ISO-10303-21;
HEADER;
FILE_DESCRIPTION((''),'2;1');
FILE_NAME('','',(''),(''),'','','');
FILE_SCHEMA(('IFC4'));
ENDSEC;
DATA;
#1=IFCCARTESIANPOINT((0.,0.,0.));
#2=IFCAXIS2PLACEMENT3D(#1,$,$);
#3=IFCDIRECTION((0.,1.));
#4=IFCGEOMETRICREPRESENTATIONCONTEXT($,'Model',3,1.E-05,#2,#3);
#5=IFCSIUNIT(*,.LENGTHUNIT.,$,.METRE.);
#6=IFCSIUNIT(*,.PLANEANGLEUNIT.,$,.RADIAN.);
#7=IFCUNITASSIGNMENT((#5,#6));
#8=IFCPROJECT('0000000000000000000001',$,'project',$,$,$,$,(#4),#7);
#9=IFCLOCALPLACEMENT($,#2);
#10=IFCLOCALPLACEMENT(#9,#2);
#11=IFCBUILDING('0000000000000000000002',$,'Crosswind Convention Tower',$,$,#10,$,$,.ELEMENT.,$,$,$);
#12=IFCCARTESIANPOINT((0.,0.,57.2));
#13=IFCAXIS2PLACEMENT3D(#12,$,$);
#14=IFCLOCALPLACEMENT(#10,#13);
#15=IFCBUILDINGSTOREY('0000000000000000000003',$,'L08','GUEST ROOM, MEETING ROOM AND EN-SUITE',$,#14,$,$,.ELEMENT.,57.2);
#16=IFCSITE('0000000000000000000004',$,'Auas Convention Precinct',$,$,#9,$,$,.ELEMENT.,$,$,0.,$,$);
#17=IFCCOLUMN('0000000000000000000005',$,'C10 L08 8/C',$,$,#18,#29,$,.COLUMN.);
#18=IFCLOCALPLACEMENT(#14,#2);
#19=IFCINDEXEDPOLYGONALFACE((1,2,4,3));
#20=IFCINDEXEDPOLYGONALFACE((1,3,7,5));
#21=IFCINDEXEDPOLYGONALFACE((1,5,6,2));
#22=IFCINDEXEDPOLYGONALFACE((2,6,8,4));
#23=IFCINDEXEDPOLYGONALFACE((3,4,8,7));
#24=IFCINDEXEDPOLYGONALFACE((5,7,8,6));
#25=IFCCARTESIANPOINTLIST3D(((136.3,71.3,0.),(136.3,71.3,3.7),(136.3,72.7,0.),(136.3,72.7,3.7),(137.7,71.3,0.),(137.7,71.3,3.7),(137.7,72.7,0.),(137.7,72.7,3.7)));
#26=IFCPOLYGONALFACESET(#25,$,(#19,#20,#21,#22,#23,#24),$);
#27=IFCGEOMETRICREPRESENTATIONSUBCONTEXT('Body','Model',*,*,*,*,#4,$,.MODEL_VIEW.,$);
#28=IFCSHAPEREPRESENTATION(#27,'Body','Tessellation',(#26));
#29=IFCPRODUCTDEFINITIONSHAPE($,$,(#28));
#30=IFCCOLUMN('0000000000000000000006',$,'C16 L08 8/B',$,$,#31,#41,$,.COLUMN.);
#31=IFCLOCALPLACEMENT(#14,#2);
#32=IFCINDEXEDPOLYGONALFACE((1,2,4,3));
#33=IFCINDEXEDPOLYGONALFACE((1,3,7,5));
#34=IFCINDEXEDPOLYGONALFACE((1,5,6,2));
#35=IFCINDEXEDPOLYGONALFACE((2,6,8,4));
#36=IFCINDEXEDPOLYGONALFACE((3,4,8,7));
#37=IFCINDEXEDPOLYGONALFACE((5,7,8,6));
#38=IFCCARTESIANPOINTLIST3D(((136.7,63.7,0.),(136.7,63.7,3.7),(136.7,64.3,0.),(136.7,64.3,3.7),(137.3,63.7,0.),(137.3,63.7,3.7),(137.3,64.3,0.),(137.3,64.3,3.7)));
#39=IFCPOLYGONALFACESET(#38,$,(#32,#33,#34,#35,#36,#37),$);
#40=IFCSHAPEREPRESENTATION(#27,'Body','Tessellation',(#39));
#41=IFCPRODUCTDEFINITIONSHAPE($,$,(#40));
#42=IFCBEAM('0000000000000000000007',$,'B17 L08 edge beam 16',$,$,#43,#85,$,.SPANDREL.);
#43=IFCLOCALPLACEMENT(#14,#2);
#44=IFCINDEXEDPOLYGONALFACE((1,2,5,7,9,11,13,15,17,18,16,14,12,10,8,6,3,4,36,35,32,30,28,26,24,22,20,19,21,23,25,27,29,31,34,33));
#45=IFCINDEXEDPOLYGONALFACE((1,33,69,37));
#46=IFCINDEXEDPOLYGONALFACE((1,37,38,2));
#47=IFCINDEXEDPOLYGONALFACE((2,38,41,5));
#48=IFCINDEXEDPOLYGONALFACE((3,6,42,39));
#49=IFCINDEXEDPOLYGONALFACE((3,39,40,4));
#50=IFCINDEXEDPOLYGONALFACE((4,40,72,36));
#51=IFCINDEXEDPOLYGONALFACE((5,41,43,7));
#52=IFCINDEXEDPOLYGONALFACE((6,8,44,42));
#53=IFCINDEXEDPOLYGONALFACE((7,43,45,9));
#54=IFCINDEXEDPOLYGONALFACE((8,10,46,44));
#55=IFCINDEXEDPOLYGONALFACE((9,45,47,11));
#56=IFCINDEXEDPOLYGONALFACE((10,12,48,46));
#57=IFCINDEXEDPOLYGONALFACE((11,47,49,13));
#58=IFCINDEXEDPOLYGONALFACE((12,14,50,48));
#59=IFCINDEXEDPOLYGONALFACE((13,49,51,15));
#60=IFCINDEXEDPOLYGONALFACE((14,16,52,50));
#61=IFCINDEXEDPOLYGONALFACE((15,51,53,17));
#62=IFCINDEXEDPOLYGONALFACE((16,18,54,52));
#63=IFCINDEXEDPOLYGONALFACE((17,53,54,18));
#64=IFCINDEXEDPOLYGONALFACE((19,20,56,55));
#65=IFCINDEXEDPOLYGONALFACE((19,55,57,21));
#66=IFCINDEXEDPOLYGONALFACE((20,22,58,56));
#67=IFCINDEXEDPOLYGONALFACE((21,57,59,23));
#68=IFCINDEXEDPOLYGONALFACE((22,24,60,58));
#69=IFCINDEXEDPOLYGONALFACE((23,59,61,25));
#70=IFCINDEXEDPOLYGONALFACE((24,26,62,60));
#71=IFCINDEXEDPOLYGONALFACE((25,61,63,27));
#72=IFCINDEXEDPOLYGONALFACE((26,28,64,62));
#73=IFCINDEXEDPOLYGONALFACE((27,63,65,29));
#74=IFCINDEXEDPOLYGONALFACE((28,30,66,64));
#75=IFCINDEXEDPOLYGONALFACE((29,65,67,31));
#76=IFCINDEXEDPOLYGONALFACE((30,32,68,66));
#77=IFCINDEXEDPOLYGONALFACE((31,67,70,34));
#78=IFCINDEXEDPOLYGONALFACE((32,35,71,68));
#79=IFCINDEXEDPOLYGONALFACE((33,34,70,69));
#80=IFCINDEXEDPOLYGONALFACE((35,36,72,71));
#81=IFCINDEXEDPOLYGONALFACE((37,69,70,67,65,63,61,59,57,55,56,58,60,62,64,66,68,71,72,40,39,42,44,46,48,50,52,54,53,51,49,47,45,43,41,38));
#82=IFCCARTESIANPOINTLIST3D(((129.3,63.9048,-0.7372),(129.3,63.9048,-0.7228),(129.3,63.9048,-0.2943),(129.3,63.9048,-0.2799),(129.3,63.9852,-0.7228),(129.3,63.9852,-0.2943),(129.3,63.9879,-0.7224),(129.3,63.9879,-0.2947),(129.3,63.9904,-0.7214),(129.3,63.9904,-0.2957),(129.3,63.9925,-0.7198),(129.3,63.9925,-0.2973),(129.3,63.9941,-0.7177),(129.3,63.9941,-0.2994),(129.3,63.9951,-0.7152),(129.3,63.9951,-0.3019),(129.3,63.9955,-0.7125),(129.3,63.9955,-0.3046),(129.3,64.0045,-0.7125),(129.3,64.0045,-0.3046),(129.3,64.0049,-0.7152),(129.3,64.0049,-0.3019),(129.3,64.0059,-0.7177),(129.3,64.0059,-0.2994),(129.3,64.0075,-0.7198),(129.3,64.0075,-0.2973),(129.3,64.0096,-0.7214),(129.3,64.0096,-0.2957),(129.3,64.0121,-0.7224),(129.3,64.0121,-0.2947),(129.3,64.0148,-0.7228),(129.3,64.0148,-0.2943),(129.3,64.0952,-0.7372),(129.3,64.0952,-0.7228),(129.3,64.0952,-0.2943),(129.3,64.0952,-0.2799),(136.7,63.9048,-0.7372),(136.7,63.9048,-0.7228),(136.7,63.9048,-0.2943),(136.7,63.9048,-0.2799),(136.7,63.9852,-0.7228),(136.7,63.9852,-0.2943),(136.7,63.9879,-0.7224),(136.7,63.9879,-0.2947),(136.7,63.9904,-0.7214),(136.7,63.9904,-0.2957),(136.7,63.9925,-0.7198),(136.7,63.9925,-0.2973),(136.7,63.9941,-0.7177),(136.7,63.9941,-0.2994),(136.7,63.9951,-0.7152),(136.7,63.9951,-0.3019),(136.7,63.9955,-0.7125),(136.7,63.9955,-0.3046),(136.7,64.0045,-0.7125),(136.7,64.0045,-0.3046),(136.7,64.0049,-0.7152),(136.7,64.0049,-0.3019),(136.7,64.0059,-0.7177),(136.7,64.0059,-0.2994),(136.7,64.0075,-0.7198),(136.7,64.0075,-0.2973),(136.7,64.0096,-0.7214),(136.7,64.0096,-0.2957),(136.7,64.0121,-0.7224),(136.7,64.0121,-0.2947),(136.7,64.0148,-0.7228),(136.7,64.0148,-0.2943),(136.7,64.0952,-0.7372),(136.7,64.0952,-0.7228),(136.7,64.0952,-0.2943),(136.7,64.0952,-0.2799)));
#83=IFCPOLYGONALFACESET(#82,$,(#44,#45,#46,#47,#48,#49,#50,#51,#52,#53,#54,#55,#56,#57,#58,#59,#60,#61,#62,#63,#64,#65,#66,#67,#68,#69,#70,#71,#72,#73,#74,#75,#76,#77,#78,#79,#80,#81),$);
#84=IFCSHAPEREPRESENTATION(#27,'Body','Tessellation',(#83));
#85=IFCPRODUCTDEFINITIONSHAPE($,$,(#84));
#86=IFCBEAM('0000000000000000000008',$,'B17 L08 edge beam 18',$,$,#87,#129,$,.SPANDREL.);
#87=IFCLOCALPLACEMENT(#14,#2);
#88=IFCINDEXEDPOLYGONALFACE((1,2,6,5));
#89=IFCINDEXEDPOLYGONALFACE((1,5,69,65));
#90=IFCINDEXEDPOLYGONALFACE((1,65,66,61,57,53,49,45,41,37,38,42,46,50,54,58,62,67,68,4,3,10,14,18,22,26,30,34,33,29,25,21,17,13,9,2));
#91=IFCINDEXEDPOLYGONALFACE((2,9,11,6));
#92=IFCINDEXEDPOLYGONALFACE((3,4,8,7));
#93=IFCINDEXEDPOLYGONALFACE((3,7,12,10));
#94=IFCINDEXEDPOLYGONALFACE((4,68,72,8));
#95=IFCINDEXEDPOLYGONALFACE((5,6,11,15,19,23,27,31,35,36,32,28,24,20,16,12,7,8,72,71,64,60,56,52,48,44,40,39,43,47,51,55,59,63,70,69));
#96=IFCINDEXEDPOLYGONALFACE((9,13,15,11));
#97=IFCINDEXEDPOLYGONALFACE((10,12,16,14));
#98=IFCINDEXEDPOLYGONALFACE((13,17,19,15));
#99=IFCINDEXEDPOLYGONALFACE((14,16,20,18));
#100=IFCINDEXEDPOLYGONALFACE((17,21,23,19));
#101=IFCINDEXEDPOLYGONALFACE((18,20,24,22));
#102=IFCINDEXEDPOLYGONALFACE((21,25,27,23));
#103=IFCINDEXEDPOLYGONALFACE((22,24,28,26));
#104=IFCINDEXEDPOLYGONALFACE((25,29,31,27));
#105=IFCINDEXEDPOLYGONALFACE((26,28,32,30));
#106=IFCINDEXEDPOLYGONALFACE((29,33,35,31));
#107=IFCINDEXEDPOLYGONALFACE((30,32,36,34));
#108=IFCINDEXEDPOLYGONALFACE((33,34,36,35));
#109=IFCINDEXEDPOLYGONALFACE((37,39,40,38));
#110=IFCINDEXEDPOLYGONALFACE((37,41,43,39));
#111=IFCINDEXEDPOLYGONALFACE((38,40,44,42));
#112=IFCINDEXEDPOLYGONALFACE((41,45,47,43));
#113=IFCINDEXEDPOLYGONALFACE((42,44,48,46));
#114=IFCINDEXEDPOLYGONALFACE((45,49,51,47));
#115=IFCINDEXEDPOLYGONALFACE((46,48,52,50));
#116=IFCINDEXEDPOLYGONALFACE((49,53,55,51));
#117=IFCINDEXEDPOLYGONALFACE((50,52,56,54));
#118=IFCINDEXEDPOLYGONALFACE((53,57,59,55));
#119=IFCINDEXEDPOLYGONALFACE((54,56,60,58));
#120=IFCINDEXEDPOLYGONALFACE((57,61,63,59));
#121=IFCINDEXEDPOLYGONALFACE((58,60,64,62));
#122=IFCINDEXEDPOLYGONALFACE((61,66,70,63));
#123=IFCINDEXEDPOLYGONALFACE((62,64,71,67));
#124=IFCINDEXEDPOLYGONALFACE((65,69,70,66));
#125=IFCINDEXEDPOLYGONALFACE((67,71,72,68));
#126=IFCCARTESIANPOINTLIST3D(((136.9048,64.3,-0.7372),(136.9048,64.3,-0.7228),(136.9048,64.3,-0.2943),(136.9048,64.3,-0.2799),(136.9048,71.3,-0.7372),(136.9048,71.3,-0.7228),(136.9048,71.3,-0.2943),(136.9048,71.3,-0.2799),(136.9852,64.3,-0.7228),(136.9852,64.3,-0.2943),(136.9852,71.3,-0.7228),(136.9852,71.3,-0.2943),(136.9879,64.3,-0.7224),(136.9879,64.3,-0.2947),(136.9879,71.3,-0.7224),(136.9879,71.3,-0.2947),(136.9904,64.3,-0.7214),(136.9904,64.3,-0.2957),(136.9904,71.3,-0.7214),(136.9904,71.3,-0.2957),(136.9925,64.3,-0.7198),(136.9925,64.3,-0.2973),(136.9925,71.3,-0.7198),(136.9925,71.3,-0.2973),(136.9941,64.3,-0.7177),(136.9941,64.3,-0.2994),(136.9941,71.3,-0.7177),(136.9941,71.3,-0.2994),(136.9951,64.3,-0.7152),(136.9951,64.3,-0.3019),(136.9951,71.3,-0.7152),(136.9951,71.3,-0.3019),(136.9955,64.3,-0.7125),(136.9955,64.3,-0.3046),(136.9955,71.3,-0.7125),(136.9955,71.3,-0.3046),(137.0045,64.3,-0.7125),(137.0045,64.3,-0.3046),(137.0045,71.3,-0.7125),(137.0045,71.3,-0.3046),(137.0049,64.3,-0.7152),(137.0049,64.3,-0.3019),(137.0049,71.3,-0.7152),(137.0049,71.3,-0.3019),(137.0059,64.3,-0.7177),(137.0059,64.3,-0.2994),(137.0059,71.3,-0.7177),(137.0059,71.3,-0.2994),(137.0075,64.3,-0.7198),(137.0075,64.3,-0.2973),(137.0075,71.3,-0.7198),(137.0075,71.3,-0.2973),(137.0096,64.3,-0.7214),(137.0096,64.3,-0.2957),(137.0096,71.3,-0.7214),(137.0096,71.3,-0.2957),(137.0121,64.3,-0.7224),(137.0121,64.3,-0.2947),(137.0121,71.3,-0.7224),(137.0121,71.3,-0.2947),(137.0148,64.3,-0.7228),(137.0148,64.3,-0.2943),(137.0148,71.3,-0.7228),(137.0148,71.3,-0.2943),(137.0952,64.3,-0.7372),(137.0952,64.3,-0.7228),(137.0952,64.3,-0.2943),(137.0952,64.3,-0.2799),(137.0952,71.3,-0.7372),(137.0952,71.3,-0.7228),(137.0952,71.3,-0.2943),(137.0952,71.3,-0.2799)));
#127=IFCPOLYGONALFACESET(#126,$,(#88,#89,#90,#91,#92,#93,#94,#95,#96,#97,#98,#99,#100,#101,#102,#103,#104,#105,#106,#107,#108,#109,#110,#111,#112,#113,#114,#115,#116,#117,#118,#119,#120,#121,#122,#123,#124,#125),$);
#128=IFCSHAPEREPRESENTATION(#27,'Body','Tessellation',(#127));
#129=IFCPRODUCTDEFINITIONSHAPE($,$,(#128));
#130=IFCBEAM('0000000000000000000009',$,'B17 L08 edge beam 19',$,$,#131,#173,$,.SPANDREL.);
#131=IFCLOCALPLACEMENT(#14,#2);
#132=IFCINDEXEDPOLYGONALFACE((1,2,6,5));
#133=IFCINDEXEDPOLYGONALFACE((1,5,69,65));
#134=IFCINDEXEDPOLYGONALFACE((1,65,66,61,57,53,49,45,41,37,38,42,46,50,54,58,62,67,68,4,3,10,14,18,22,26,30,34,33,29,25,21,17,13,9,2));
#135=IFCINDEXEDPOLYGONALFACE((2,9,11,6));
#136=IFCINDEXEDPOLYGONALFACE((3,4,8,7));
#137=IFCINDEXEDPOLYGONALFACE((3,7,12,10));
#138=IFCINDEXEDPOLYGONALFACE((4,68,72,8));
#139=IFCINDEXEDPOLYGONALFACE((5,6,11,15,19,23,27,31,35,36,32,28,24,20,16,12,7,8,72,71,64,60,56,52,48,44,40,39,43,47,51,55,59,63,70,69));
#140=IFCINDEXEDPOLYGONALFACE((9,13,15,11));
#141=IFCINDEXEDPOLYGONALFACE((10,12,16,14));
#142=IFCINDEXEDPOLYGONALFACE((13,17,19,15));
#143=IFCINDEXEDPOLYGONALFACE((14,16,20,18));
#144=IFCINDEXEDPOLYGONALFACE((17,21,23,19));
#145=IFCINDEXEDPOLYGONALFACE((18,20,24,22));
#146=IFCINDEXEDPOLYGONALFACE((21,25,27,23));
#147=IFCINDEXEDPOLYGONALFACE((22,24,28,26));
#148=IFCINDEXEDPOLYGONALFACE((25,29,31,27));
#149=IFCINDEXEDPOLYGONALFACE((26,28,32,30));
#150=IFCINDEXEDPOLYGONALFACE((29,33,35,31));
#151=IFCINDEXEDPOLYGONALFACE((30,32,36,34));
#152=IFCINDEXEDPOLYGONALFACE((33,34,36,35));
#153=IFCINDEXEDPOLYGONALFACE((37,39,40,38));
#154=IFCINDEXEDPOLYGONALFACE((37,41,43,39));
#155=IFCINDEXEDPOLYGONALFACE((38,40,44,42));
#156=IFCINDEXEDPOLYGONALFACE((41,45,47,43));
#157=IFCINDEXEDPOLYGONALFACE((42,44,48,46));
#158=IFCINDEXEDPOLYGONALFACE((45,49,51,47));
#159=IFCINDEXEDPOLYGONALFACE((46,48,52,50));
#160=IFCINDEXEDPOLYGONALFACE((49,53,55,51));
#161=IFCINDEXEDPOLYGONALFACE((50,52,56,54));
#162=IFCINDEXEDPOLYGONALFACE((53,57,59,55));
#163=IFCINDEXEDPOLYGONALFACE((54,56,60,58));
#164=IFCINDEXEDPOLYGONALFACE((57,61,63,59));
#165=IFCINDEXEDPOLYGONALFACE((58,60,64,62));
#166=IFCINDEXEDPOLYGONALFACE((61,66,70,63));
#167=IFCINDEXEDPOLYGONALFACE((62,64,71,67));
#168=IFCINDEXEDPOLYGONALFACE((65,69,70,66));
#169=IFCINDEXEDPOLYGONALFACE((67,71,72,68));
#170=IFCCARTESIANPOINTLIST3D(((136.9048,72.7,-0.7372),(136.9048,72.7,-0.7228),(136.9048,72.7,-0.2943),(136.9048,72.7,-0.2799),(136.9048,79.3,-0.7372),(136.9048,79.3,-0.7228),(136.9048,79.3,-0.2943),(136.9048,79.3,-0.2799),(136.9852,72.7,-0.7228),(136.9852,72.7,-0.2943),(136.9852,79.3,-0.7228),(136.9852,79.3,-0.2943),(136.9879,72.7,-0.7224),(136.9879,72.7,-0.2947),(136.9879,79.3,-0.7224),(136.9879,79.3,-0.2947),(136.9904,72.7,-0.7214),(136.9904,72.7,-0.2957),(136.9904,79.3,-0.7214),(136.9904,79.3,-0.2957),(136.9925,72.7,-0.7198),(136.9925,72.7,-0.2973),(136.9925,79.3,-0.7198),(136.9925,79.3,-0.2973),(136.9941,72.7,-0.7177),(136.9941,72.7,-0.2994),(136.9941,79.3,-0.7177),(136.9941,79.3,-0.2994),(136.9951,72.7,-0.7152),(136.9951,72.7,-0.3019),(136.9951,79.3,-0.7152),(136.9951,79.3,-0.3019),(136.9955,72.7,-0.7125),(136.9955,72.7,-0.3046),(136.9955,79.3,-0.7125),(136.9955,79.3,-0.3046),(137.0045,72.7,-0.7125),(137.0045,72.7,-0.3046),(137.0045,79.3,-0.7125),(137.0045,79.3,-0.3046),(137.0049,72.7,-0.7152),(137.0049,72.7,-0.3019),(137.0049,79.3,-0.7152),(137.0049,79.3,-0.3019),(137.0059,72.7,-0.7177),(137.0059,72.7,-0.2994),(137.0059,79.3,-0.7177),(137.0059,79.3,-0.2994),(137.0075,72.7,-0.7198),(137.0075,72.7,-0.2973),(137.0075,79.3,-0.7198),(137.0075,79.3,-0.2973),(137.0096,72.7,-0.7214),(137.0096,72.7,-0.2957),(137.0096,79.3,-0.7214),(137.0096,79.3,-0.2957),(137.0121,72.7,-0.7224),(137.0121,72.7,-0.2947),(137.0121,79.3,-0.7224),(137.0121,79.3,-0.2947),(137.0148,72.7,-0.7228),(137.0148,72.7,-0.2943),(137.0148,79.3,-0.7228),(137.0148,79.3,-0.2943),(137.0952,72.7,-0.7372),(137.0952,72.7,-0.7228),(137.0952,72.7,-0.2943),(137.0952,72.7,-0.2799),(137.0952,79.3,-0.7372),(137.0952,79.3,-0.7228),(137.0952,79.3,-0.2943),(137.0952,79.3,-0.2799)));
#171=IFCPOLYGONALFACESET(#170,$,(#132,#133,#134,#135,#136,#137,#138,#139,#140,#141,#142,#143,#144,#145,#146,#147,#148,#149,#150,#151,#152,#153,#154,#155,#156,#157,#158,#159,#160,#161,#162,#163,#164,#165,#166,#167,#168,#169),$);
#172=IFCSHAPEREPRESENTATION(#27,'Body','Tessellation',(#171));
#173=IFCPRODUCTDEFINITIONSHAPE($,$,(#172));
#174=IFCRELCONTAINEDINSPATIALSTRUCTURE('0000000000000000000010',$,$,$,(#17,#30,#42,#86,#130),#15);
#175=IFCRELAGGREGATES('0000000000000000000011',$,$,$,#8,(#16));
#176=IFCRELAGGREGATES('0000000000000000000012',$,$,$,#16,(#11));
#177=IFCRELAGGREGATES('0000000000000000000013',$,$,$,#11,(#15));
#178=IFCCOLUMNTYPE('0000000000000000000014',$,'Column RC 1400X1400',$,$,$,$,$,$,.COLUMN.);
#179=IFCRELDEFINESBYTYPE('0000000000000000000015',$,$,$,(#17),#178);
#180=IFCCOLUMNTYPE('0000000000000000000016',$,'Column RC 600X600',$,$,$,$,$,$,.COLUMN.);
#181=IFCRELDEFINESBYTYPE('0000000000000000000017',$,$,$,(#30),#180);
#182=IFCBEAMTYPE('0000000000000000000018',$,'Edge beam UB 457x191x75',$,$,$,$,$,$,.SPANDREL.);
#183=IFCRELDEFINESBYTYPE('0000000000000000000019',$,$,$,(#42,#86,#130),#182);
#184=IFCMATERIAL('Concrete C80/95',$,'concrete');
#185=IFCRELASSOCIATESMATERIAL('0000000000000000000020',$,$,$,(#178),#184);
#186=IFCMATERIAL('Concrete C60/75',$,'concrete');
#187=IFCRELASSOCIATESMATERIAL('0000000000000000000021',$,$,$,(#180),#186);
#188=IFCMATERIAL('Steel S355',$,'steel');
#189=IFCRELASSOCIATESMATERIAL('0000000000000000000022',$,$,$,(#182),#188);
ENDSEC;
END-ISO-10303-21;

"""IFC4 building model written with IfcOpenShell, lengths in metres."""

from ifc_helpers import new_model, si_unit, direction, frame, origin, origin_2d, place, context, subcontext, project, spatial, rectangle, i_section, extrude, material, material_profile, profile_set, type_object, element, save


model = new_model("IFC4")

# Units and contexts
model_context = context("Model", 3, precision=1e-05, world=origin(), true_north=direction((0.0, 1.0)))
body_context = subcontext(model_context, "Body", "Model", "MODEL_VIEW")
ifc_project = project(units=[si_unit("LENGTHUNIT", "METRE"), si_unit("PLANEANGLEUNIT", "RADIAN")], contexts=[model_context])

# Site, building, storey
site_placement = place(None, origin())
site = spatial("IfcSite", under=ifc_project, at=site_placement, Name="Auas Convention Precinct", CompositionType="ELEMENT", RefElevation=0.0)
building_placement = place(site_placement, origin())
building = spatial("IfcBuilding", under=site, at=building_placement, Name="Crosswind Convention Tower", CompositionType="ELEMENT")
storey_placement = place(building_placement, frame((0.0, 0.0, 57.2)))
storey = spatial("IfcBuildingStorey", under=building, at=storey_placement, Name="L08", Description="GUEST ROOM, MEETING ROOM AND EN-SUITE", CompositionType="ELEMENT", Elevation=57.2)

# Columns
ifc_material_1 = material(Name="Concrete C80/95", Category="concrete")
ifc_material_profile_1 = material_profile(ifc_material_1, rectangle(XDim=1.3999, YDim=1.3999, at=origin_2d()), Name="RC 1400X1400")
ifc_profile_set_1 = profile_set([ifc_material_profile_1], Name="Concrete C80/95")
column_type_1 = type_object("IfcColumnType", Name="Column RC 1400X1400", PredefinedType="COLUMN", material=ifc_profile_set_1)
column_1_placement = place(storey_placement, frame((137.0, 72.0, 0.0), z_axis=(0.0, 0.0, 1.0), x_axis=(1.0, 0.0, 0.0)))
element("IfcColumn", 1, at=column_1_placement, inside=storey, type_object=column_type_1, Name="C10 L08 8/C", PredefinedType="COLUMN", context=body_context, shape_type="SweptSolid", body=[
    extrude(rectangle(XDim=1.3999, YDim=1.3999, at=origin_2d()), origin(), (0.0, 0.0, 1.0), 3.7),
])
ifc_material_2 = material(Name="Concrete C60/75", Category="concrete")
ifc_material_profile_2 = material_profile(ifc_material_2, rectangle(XDim=0.6001, YDim=0.6001, at=origin_2d()), Name="RC 600X600")
ifc_profile_set_2 = profile_set([ifc_material_profile_2], Name="Concrete C60/75")
column_type_2 = type_object("IfcColumnType", Name="Column RC 600X600", PredefinedType="COLUMN", material=ifc_profile_set_2)
column_2_placement = place(storey_placement, frame((137.0, 64.0, 0.0), z_axis=(0.0, 0.0, 1.0), x_axis=(1.0, 0.0, 0.0)))
element("IfcColumn", 2, at=column_2_placement, inside=storey, type_object=column_type_2, Name="C16 L08 8/B", PredefinedType="COLUMN", context=body_context, shape_type="SweptSolid", body=[
    extrude(rectangle(XDim=0.6001, YDim=0.6001, at=origin_2d()), origin(), (0.0, 0.0, 1.0), 3.7),
])

# Beams
ifc_material_3 = material(Name="Steel S355", Category="steel")
ifc_material_profile_3 = material_profile(ifc_material_3, i_section(OverallWidth=0.1904, OverallDepth=0.4573, WebThickness=0.009, FlangeThickness=0.0144, FilletRadius=0.0103, at=origin_2d()), Name="UB 457x191x75")
ifc_profile_set_3 = profile_set([ifc_material_profile_3], Name="Steel S355")
beam_type_1 = type_object("IfcBeamType", Name="Edge beam UB 457x191x75", PredefinedType="SPANDREL", material=ifc_profile_set_3)
beam_1_placement = place(storey_placement, frame((129.3, 64.0, -0.5085), z_axis=(1.0, 0.0, 0.0), x_axis=(0.0, 1.0, 0.0)))
element("IfcBeam", 3, at=beam_1_placement, inside=storey, type_object=beam_type_1, Name="B17 L08 edge beam 16", PredefinedType="SPANDREL", context=body_context, shape_type="SweptSolid", body=[
    extrude(i_section(OverallWidth=0.1904, OverallDepth=0.4573, WebThickness=0.009, FlangeThickness=0.0144, FilletRadius=0.0103, at=origin_2d()), origin(), (0.0, 0.0, 1.0), 7.3999),
])
beam_2_placement = place(storey_placement, frame((137.0, 64.3, -0.5085), z_axis=(0.0, 1.0, 0.0), x_axis=(-1.0, 0.0, 0.0)))
element("IfcBeam", 4, at=beam_2_placement, inside=storey, type_object=beam_type_1, Name="B17 L08 edge beam 18", PredefinedType="SPANDREL", context=body_context, shape_type="SweptSolid", body=[
    extrude(i_section(OverallWidth=0.1904, OverallDepth=0.4573, WebThickness=0.009, FlangeThickness=0.0144, FilletRadius=0.0103, at=origin_2d()), origin(), (0.0, 0.0, 1.0), 7.0),
])
beam_3_placement = place(storey_placement, frame((137.0, 72.7, -0.5085), z_axis=(0.0, 1.0, 0.0), x_axis=(-1.0, 0.0, 0.0)))
element("IfcBeam", 5, at=beam_3_placement, inside=storey, type_object=beam_type_1, Name="B17 L08 edge beam 19", PredefinedType="SPANDREL", context=body_context, shape_type="SweptSolid", body=[
    extrude(i_section(OverallWidth=0.1904, OverallDepth=0.4573, WebThickness=0.009, FlangeThickness=0.0144, FilletRadius=0.0103, at=origin_2d()), origin(), (0.0, 0.0, 1.0), 6.6001),
])

save(model, "model.ifc")
